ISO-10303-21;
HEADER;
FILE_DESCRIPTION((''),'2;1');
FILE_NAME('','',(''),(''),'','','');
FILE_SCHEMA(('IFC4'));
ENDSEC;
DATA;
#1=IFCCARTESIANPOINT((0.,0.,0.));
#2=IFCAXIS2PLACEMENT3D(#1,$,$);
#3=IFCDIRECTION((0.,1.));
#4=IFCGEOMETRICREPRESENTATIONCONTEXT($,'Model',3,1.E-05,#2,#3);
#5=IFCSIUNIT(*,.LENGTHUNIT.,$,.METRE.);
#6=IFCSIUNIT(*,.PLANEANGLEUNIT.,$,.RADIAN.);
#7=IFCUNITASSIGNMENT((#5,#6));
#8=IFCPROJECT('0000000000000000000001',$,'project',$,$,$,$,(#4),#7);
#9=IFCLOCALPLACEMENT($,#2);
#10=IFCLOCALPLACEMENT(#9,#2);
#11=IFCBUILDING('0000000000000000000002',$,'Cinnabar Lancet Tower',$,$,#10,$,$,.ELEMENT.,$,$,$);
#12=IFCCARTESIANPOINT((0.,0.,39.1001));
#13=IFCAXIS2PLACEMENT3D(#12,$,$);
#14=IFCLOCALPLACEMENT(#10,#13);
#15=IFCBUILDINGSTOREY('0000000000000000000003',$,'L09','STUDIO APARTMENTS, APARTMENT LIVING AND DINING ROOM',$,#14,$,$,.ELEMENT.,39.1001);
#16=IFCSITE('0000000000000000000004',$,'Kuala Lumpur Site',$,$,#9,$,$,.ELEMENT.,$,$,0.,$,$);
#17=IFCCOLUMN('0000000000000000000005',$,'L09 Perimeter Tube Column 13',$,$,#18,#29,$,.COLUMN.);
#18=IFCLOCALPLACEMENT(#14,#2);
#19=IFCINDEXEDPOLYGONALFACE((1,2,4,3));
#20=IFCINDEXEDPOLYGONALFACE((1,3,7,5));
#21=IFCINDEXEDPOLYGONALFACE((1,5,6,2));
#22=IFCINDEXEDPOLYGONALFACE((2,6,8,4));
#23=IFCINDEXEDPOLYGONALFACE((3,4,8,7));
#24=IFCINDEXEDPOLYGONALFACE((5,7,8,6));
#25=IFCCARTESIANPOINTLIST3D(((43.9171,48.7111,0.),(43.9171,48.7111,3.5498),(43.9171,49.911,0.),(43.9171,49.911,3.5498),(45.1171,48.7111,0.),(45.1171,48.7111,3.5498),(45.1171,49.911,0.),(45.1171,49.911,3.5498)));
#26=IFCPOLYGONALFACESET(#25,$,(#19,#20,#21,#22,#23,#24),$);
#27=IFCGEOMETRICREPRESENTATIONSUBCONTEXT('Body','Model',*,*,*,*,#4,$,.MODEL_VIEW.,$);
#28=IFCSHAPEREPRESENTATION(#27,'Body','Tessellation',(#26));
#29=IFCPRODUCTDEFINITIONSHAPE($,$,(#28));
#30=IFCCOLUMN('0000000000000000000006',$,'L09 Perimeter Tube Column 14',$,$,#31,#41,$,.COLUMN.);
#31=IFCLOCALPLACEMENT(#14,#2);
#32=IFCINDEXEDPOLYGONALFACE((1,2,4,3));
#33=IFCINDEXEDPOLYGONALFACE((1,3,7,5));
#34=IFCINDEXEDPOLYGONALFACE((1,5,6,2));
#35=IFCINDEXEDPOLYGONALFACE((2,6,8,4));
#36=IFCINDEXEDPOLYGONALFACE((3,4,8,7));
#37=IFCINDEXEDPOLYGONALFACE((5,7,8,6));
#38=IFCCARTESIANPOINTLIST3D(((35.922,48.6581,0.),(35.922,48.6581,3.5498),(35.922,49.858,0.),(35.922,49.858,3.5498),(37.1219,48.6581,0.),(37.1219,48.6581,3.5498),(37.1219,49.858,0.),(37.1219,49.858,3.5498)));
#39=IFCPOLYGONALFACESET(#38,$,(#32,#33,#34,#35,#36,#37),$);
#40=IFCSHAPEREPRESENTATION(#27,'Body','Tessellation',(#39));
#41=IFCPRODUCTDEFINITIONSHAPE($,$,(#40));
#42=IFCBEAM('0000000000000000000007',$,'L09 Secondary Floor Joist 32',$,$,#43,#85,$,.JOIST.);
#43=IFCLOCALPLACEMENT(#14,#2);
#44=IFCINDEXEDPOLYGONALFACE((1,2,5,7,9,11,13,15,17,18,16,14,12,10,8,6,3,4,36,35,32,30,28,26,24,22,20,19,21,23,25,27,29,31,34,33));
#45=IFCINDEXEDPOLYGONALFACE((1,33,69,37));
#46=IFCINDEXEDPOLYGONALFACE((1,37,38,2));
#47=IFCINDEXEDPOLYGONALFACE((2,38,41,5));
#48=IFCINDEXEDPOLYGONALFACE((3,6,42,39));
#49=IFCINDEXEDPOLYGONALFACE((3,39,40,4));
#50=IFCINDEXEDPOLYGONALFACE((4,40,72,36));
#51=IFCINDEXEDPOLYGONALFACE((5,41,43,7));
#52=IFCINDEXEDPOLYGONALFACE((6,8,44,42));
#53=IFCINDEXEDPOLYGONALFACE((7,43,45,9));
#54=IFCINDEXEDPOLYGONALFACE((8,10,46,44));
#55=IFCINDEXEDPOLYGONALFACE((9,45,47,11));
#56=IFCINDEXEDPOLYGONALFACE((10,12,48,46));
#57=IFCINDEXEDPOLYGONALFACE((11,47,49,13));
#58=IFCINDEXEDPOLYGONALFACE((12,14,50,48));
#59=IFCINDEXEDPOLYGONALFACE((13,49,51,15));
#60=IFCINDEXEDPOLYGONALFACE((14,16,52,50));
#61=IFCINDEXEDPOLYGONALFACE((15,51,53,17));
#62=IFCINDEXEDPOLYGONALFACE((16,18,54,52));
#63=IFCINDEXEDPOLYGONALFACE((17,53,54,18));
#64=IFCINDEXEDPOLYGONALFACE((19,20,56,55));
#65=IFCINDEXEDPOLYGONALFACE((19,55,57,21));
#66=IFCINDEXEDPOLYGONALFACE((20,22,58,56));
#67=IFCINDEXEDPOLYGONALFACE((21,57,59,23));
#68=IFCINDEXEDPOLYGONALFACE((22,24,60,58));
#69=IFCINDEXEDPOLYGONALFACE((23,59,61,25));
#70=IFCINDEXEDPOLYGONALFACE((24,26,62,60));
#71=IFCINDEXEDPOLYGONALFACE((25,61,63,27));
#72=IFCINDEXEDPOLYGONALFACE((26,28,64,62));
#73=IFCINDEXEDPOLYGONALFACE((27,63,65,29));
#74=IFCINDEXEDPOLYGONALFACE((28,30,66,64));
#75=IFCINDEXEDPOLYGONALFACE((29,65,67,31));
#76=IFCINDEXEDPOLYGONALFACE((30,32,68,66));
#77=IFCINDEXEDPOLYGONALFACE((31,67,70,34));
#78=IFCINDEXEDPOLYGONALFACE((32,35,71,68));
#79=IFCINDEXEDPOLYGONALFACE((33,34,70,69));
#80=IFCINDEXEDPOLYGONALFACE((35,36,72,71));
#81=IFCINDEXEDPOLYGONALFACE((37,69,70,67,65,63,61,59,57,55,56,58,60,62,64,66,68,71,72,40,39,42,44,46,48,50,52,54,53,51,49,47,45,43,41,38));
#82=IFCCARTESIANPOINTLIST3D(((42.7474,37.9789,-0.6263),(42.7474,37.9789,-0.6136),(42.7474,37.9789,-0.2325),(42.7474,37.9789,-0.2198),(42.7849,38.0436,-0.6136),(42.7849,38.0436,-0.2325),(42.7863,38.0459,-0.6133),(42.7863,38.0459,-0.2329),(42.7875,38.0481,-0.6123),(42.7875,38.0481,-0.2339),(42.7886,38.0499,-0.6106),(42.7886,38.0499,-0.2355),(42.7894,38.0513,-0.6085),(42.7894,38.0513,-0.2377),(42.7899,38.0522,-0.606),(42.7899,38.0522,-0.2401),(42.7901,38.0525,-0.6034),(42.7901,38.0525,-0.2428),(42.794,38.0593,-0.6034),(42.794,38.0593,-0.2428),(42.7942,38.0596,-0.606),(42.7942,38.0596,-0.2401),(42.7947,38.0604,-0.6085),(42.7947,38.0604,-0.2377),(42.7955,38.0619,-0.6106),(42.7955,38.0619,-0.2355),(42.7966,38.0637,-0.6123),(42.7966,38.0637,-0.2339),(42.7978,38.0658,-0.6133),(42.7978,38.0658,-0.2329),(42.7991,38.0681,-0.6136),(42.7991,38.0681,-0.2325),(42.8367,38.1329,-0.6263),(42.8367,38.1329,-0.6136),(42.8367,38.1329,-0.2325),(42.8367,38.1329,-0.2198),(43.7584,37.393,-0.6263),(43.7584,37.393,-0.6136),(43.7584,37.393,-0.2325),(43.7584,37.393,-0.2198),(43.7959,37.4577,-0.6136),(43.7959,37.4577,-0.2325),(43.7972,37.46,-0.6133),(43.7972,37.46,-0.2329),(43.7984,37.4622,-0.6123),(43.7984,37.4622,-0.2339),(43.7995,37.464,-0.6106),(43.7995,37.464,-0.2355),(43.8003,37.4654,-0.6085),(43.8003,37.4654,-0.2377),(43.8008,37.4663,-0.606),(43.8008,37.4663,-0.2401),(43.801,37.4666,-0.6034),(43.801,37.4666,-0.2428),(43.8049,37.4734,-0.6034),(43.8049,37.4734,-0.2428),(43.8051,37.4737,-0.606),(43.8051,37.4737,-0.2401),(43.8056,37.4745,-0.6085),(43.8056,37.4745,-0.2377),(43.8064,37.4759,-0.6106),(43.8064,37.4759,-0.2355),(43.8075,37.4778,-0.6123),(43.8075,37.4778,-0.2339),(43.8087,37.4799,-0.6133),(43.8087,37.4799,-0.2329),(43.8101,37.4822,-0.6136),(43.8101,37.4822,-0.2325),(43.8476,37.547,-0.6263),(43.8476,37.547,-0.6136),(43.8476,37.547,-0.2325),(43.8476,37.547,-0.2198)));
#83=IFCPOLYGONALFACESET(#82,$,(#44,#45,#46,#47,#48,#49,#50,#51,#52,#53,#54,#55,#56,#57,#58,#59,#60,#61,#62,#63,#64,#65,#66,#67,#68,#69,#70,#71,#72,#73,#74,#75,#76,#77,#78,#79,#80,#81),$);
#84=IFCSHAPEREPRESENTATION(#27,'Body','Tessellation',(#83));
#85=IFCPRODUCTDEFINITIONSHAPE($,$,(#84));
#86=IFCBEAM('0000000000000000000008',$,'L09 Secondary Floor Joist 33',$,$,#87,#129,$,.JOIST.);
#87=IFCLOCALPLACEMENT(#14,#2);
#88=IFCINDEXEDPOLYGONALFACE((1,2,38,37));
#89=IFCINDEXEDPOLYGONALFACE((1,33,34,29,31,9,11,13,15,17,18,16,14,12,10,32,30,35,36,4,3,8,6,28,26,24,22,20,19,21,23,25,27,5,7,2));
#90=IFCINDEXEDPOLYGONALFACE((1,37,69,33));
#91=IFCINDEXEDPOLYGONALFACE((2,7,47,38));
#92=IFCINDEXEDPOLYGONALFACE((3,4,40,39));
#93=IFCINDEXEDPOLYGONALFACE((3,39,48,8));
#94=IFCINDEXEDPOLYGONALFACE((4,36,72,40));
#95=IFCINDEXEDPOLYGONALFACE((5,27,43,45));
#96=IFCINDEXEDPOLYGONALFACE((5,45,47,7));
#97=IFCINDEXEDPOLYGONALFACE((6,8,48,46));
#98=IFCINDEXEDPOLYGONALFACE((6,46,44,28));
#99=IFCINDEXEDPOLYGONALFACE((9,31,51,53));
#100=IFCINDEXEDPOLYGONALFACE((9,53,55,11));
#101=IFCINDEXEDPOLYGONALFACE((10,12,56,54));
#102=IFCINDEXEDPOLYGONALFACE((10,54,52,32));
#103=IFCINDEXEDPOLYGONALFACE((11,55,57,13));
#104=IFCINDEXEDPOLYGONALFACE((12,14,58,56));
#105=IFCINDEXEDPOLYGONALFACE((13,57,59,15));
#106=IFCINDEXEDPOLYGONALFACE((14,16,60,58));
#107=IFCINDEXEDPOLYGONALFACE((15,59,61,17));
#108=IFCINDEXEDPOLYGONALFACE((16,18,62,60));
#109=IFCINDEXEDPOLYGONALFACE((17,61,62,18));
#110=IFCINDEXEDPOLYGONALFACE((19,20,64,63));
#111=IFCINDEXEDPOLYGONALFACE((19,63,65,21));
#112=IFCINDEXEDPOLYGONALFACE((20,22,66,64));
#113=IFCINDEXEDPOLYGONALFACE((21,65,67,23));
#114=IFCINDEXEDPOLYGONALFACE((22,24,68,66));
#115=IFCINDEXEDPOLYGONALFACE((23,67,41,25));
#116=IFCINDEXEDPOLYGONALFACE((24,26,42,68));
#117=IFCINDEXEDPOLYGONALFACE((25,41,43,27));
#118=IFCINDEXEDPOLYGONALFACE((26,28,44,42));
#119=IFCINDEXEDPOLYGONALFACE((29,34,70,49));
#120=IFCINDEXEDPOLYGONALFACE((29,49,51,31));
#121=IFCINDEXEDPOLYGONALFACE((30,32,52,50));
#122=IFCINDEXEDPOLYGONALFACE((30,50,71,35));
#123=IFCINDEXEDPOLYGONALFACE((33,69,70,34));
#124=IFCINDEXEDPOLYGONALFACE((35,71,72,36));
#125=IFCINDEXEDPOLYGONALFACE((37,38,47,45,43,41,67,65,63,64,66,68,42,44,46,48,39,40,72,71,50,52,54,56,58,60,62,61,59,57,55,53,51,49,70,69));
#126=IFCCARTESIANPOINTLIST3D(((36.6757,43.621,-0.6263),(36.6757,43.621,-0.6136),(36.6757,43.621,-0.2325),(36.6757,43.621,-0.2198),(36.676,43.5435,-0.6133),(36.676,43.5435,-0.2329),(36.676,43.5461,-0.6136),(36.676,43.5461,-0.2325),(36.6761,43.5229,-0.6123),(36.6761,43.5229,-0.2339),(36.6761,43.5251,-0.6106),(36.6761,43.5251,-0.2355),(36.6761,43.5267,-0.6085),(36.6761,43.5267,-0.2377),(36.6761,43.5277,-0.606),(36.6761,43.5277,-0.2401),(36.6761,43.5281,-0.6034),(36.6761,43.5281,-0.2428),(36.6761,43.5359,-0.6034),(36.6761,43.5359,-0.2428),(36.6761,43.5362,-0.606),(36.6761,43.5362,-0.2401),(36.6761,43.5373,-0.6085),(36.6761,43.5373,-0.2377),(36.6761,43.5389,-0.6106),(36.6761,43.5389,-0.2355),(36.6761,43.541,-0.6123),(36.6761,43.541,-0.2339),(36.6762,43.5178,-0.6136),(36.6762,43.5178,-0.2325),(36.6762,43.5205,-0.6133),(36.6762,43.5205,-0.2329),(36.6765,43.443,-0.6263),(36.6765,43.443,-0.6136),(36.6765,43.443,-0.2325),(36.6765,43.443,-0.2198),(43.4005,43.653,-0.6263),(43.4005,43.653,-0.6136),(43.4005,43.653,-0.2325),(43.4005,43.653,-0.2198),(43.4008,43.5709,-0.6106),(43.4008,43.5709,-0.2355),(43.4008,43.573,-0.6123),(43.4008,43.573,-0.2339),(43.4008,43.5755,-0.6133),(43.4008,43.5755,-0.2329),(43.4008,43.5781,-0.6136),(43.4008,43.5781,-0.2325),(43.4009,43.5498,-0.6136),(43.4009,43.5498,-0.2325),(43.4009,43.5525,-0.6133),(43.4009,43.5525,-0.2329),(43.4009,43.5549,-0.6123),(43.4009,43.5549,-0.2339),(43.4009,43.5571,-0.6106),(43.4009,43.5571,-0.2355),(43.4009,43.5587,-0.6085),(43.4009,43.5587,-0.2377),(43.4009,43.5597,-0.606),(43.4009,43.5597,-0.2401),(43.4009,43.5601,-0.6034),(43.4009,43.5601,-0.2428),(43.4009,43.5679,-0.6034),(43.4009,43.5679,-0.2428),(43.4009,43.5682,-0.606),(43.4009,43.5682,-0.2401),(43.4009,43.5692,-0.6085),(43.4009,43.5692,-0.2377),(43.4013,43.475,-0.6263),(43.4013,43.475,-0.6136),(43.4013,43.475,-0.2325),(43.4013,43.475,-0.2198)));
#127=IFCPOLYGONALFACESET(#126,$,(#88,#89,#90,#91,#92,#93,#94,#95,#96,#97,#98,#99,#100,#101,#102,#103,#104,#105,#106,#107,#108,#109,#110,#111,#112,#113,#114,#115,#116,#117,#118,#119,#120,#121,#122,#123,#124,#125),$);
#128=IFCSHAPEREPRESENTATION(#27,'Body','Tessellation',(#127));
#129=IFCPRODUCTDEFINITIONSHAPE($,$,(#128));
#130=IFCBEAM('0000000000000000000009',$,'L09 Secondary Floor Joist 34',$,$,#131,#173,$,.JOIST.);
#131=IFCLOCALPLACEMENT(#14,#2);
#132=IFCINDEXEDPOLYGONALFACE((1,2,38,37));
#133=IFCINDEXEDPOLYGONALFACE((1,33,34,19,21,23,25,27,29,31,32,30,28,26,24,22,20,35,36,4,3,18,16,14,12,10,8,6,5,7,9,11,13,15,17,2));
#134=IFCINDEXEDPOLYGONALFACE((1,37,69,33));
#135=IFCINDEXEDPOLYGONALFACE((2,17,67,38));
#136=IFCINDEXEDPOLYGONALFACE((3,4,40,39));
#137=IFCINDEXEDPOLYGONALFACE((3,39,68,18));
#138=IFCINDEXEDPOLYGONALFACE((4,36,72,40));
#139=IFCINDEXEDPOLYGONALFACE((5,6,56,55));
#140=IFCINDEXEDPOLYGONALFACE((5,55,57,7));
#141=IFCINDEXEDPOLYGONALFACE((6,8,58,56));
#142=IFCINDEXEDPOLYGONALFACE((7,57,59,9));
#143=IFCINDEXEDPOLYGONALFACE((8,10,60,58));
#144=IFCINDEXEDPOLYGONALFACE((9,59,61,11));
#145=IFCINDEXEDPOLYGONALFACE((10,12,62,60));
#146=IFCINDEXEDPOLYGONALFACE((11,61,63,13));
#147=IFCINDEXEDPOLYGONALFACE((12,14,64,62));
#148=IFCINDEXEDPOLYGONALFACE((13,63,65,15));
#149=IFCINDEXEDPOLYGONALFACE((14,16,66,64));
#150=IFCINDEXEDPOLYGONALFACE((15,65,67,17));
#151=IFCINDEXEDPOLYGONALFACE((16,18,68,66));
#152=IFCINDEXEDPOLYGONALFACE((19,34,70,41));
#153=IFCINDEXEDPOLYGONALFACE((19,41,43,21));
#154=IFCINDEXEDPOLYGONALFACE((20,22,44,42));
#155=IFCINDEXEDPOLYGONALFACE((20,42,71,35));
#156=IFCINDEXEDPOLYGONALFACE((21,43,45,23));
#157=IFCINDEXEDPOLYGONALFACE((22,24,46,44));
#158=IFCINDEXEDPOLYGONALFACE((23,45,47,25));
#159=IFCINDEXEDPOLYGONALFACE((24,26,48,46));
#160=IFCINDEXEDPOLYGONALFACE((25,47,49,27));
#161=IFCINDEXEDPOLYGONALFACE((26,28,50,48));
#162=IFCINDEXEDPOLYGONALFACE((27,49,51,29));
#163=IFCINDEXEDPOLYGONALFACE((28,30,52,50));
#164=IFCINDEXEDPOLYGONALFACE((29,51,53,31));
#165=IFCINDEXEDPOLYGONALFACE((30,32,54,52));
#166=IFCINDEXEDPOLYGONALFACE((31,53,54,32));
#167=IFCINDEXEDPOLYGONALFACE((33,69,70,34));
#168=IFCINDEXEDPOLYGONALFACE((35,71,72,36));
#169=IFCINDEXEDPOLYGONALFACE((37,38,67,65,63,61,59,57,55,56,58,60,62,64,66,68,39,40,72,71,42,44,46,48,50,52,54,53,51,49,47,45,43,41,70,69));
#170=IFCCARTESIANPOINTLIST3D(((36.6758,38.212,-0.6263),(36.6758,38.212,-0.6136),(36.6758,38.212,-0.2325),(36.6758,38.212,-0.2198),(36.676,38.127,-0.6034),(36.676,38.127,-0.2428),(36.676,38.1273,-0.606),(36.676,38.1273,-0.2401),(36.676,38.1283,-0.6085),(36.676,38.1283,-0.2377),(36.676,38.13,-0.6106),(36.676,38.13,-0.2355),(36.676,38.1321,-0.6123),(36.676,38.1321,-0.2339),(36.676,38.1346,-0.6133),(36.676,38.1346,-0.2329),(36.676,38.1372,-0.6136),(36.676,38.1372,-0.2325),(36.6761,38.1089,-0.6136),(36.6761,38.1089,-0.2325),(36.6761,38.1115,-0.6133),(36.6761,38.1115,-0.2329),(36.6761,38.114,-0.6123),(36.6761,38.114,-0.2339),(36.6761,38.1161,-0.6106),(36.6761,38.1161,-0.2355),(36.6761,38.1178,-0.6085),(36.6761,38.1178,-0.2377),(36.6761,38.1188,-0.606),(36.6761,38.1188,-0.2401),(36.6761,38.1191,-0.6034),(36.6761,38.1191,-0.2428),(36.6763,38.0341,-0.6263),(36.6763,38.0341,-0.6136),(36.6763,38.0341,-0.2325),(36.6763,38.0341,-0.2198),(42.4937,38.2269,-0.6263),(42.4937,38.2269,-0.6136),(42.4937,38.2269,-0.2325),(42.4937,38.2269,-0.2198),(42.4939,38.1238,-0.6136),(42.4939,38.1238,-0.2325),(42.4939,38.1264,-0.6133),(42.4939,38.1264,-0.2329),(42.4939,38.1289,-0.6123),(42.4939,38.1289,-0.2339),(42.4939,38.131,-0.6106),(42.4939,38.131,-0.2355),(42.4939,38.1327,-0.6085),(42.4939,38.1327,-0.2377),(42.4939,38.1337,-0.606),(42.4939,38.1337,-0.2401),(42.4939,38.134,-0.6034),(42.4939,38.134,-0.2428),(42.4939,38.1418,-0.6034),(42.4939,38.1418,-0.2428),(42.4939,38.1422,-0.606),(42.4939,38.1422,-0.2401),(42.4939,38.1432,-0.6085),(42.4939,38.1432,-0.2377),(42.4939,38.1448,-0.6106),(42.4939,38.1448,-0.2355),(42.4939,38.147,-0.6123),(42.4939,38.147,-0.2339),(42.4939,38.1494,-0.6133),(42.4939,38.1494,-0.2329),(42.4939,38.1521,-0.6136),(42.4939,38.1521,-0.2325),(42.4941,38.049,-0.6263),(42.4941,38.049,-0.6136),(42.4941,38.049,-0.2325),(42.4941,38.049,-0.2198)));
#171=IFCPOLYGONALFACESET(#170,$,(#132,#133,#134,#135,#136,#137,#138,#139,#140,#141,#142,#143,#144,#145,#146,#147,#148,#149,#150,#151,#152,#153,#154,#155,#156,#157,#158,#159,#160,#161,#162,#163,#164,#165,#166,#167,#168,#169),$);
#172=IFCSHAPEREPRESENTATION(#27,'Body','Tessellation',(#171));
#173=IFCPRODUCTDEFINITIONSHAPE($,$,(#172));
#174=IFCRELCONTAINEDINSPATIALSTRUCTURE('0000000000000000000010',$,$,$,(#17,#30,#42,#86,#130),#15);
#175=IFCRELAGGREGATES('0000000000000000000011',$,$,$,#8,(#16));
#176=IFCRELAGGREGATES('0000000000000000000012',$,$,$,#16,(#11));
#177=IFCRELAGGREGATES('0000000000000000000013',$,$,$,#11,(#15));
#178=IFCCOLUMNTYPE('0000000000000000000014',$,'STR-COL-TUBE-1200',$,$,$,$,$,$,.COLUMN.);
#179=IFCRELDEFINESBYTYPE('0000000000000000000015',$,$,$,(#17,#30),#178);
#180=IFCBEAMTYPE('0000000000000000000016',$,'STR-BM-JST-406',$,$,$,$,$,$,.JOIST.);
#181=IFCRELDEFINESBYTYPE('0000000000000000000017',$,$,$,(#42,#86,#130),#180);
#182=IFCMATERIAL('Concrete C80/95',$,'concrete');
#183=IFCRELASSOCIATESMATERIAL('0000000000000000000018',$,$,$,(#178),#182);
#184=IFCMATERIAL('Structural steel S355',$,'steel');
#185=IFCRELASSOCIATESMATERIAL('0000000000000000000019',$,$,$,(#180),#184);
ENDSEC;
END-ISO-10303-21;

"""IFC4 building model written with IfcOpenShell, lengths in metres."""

from ifc_helpers import new_model, si_unit, direction, frame, origin, origin_2d, place, context, subcontext, project, spatial, rectangle, i_section, extrude, material, material_profile, profile_set, type_object, element, save


model = new_model("IFC4")

# Units and contexts
model_context = context("Model", 3, precision=1e-05, world=origin(), true_north=direction((0.0, 1.0)))
body_context = subcontext(model_context, "Body", "Model", "MODEL_VIEW")
ifc_project = project(units=[si_unit("LENGTHUNIT", "METRE"), si_unit("PLANEANGLEUNIT", "RADIAN")], contexts=[model_context])

# Site, building, storey
site_placement = place(None, origin())
site = spatial("IfcSite", under=ifc_project, at=site_placement, Name="Kuala Lumpur Site", CompositionType="ELEMENT", RefElevation=0.0)
building_placement = place(site_placement, origin())
building = spatial("IfcBuilding", under=site, at=building_placement, Name="Cinnabar Lancet Tower", CompositionType="ELEMENT")
storey_placement = place(building_placement, frame((0.0, 0.0, 39.1001)))
storey = spatial("IfcBuildingStorey", under=building, at=storey_placement, Name="L09", Description="STUDIO APARTMENTS, APARTMENT LIVING AND DINING ROOM", CompositionType="ELEMENT", Elevation=39.1001)

# Columns
ifc_material_1 = material(Name="Concrete C80/95", Category="concrete")
ifc_material_profile_1 = material_profile(ifc_material_1, rectangle(XDim=1.2, YDim=1.2, at=origin_2d()), Name="RC-COL 1200x1200")
ifc_profile_set_1 = profile_set([ifc_material_profile_1], Name="Concrete C80/95")
column_type = type_object("IfcColumnType", Name="STR-COL-TUBE-1200", PredefinedType="COLUMN", material=ifc_profile_set_1)
for number, where, z_axis, x_axis, name in (
    (1, (44.5171, 49.311, 0.0), (0.0, 0.0, 1.0), (1.0, 0.0, 0.0), "L09 Perimeter Tube Column 13"),
    (2, (36.522, 49.2581, 0.0), (0.0, 0.0, 1.0), (1.0, 0.0, 0.0), "L09 Perimeter Tube Column 14"),
):
    element("IfcColumn", number, at=place(storey_placement, frame(where, z_axis=z_axis, x_axis=x_axis)), inside=storey, type_object=column_type, Name=name, PredefinedType="COLUMN", context=body_context, shape_type="SweptSolid", body=[
        extrude(rectangle(XDim=1.2, YDim=1.2, at=origin_2d()), origin(), (0.0, 0.0, 1.0), 3.5498),
    ])

# Beams
ifc_material_2 = material(Name="Structural steel S355", Category="steel")
ifc_material_profile_2 = material_profile(ifc_material_2, i_section(OverallWidth=0.178, OverallDepth=0.4065, WebThickness=0.0078, FlangeThickness=0.0127, FilletRadius=0.0103, at=origin_2d()), Name="UKB 406x178x60")
ifc_profile_set_2 = profile_set([ifc_material_profile_2], Name="Structural steel S355")
beam_type_1 = type_object("IfcBeamType", Name="STR-BM-JST-406", PredefinedType="JOIST", material=ifc_profile_set_2)
beam_1_placement = place(storey_placement, frame((43.803, 37.47, -0.4231), z_axis=(-0.865193, 0.50144, 0.0), x_axis=(-0.50144, -0.865193, 0.0)))
element("IfcBeam", 3, at=beam_1_placement, inside=storey, type_object=beam_type_1, Name="L09 Secondary Floor Joist 32", PredefinedType="JOIST", context=body_context, shape_type="SweptSolid", body=[
    extrude(i_section(OverallWidth=0.178, OverallDepth=0.4065, WebThickness=0.0078, FlangeThickness=0.0127, FilletRadius=0.0103, at=origin_2d()), origin(), (0.0, 0.0, 1.0), 1.1685),
])
beam_2_placement = place(storey_placement, frame((43.4009, 43.564, -0.4231), z_axis=(-0.999989, -0.004756, 0.0), x_axis=(0.004756, -0.999989, 0.0)))
element("IfcBeam", 4, at=beam_2_placement, inside=storey, type_object=beam_type_1, Name="L09 Secondary Floor Joist 33", PredefinedType="JOIST", context=body_context, shape_type="SweptSolid", body=[
    extrude(i_section(OverallWidth=0.178, OverallDepth=0.4065, WebThickness=0.0078, FlangeThickness=0.0127, FilletRadius=0.0103, at=origin_2d()), origin(), (0.0, 0.0, 1.0), 6.7249),
])
beam_3_placement = place(storey_placement, frame((42.4939, 38.1379, -0.4231), z_axis=(-0.999997, -0.00256, 0.0), x_axis=(0.00256, -0.999997, 0.0)))
element("IfcBeam", 5, at=beam_3_placement, inside=storey, type_object=beam_type_1, Name="L09 Secondary Floor Joist 34", PredefinedType="JOIST", context=body_context, shape_type="SweptSolid", body=[
    extrude(i_section(OverallWidth=0.178, OverallDepth=0.4065, WebThickness=0.0078, FlangeThickness=0.0127, FilletRadius=0.0103, at=origin_2d()), origin(), (0.0, 0.0, 1.0), 5.8179),
])

save(model, "model.ifc")
